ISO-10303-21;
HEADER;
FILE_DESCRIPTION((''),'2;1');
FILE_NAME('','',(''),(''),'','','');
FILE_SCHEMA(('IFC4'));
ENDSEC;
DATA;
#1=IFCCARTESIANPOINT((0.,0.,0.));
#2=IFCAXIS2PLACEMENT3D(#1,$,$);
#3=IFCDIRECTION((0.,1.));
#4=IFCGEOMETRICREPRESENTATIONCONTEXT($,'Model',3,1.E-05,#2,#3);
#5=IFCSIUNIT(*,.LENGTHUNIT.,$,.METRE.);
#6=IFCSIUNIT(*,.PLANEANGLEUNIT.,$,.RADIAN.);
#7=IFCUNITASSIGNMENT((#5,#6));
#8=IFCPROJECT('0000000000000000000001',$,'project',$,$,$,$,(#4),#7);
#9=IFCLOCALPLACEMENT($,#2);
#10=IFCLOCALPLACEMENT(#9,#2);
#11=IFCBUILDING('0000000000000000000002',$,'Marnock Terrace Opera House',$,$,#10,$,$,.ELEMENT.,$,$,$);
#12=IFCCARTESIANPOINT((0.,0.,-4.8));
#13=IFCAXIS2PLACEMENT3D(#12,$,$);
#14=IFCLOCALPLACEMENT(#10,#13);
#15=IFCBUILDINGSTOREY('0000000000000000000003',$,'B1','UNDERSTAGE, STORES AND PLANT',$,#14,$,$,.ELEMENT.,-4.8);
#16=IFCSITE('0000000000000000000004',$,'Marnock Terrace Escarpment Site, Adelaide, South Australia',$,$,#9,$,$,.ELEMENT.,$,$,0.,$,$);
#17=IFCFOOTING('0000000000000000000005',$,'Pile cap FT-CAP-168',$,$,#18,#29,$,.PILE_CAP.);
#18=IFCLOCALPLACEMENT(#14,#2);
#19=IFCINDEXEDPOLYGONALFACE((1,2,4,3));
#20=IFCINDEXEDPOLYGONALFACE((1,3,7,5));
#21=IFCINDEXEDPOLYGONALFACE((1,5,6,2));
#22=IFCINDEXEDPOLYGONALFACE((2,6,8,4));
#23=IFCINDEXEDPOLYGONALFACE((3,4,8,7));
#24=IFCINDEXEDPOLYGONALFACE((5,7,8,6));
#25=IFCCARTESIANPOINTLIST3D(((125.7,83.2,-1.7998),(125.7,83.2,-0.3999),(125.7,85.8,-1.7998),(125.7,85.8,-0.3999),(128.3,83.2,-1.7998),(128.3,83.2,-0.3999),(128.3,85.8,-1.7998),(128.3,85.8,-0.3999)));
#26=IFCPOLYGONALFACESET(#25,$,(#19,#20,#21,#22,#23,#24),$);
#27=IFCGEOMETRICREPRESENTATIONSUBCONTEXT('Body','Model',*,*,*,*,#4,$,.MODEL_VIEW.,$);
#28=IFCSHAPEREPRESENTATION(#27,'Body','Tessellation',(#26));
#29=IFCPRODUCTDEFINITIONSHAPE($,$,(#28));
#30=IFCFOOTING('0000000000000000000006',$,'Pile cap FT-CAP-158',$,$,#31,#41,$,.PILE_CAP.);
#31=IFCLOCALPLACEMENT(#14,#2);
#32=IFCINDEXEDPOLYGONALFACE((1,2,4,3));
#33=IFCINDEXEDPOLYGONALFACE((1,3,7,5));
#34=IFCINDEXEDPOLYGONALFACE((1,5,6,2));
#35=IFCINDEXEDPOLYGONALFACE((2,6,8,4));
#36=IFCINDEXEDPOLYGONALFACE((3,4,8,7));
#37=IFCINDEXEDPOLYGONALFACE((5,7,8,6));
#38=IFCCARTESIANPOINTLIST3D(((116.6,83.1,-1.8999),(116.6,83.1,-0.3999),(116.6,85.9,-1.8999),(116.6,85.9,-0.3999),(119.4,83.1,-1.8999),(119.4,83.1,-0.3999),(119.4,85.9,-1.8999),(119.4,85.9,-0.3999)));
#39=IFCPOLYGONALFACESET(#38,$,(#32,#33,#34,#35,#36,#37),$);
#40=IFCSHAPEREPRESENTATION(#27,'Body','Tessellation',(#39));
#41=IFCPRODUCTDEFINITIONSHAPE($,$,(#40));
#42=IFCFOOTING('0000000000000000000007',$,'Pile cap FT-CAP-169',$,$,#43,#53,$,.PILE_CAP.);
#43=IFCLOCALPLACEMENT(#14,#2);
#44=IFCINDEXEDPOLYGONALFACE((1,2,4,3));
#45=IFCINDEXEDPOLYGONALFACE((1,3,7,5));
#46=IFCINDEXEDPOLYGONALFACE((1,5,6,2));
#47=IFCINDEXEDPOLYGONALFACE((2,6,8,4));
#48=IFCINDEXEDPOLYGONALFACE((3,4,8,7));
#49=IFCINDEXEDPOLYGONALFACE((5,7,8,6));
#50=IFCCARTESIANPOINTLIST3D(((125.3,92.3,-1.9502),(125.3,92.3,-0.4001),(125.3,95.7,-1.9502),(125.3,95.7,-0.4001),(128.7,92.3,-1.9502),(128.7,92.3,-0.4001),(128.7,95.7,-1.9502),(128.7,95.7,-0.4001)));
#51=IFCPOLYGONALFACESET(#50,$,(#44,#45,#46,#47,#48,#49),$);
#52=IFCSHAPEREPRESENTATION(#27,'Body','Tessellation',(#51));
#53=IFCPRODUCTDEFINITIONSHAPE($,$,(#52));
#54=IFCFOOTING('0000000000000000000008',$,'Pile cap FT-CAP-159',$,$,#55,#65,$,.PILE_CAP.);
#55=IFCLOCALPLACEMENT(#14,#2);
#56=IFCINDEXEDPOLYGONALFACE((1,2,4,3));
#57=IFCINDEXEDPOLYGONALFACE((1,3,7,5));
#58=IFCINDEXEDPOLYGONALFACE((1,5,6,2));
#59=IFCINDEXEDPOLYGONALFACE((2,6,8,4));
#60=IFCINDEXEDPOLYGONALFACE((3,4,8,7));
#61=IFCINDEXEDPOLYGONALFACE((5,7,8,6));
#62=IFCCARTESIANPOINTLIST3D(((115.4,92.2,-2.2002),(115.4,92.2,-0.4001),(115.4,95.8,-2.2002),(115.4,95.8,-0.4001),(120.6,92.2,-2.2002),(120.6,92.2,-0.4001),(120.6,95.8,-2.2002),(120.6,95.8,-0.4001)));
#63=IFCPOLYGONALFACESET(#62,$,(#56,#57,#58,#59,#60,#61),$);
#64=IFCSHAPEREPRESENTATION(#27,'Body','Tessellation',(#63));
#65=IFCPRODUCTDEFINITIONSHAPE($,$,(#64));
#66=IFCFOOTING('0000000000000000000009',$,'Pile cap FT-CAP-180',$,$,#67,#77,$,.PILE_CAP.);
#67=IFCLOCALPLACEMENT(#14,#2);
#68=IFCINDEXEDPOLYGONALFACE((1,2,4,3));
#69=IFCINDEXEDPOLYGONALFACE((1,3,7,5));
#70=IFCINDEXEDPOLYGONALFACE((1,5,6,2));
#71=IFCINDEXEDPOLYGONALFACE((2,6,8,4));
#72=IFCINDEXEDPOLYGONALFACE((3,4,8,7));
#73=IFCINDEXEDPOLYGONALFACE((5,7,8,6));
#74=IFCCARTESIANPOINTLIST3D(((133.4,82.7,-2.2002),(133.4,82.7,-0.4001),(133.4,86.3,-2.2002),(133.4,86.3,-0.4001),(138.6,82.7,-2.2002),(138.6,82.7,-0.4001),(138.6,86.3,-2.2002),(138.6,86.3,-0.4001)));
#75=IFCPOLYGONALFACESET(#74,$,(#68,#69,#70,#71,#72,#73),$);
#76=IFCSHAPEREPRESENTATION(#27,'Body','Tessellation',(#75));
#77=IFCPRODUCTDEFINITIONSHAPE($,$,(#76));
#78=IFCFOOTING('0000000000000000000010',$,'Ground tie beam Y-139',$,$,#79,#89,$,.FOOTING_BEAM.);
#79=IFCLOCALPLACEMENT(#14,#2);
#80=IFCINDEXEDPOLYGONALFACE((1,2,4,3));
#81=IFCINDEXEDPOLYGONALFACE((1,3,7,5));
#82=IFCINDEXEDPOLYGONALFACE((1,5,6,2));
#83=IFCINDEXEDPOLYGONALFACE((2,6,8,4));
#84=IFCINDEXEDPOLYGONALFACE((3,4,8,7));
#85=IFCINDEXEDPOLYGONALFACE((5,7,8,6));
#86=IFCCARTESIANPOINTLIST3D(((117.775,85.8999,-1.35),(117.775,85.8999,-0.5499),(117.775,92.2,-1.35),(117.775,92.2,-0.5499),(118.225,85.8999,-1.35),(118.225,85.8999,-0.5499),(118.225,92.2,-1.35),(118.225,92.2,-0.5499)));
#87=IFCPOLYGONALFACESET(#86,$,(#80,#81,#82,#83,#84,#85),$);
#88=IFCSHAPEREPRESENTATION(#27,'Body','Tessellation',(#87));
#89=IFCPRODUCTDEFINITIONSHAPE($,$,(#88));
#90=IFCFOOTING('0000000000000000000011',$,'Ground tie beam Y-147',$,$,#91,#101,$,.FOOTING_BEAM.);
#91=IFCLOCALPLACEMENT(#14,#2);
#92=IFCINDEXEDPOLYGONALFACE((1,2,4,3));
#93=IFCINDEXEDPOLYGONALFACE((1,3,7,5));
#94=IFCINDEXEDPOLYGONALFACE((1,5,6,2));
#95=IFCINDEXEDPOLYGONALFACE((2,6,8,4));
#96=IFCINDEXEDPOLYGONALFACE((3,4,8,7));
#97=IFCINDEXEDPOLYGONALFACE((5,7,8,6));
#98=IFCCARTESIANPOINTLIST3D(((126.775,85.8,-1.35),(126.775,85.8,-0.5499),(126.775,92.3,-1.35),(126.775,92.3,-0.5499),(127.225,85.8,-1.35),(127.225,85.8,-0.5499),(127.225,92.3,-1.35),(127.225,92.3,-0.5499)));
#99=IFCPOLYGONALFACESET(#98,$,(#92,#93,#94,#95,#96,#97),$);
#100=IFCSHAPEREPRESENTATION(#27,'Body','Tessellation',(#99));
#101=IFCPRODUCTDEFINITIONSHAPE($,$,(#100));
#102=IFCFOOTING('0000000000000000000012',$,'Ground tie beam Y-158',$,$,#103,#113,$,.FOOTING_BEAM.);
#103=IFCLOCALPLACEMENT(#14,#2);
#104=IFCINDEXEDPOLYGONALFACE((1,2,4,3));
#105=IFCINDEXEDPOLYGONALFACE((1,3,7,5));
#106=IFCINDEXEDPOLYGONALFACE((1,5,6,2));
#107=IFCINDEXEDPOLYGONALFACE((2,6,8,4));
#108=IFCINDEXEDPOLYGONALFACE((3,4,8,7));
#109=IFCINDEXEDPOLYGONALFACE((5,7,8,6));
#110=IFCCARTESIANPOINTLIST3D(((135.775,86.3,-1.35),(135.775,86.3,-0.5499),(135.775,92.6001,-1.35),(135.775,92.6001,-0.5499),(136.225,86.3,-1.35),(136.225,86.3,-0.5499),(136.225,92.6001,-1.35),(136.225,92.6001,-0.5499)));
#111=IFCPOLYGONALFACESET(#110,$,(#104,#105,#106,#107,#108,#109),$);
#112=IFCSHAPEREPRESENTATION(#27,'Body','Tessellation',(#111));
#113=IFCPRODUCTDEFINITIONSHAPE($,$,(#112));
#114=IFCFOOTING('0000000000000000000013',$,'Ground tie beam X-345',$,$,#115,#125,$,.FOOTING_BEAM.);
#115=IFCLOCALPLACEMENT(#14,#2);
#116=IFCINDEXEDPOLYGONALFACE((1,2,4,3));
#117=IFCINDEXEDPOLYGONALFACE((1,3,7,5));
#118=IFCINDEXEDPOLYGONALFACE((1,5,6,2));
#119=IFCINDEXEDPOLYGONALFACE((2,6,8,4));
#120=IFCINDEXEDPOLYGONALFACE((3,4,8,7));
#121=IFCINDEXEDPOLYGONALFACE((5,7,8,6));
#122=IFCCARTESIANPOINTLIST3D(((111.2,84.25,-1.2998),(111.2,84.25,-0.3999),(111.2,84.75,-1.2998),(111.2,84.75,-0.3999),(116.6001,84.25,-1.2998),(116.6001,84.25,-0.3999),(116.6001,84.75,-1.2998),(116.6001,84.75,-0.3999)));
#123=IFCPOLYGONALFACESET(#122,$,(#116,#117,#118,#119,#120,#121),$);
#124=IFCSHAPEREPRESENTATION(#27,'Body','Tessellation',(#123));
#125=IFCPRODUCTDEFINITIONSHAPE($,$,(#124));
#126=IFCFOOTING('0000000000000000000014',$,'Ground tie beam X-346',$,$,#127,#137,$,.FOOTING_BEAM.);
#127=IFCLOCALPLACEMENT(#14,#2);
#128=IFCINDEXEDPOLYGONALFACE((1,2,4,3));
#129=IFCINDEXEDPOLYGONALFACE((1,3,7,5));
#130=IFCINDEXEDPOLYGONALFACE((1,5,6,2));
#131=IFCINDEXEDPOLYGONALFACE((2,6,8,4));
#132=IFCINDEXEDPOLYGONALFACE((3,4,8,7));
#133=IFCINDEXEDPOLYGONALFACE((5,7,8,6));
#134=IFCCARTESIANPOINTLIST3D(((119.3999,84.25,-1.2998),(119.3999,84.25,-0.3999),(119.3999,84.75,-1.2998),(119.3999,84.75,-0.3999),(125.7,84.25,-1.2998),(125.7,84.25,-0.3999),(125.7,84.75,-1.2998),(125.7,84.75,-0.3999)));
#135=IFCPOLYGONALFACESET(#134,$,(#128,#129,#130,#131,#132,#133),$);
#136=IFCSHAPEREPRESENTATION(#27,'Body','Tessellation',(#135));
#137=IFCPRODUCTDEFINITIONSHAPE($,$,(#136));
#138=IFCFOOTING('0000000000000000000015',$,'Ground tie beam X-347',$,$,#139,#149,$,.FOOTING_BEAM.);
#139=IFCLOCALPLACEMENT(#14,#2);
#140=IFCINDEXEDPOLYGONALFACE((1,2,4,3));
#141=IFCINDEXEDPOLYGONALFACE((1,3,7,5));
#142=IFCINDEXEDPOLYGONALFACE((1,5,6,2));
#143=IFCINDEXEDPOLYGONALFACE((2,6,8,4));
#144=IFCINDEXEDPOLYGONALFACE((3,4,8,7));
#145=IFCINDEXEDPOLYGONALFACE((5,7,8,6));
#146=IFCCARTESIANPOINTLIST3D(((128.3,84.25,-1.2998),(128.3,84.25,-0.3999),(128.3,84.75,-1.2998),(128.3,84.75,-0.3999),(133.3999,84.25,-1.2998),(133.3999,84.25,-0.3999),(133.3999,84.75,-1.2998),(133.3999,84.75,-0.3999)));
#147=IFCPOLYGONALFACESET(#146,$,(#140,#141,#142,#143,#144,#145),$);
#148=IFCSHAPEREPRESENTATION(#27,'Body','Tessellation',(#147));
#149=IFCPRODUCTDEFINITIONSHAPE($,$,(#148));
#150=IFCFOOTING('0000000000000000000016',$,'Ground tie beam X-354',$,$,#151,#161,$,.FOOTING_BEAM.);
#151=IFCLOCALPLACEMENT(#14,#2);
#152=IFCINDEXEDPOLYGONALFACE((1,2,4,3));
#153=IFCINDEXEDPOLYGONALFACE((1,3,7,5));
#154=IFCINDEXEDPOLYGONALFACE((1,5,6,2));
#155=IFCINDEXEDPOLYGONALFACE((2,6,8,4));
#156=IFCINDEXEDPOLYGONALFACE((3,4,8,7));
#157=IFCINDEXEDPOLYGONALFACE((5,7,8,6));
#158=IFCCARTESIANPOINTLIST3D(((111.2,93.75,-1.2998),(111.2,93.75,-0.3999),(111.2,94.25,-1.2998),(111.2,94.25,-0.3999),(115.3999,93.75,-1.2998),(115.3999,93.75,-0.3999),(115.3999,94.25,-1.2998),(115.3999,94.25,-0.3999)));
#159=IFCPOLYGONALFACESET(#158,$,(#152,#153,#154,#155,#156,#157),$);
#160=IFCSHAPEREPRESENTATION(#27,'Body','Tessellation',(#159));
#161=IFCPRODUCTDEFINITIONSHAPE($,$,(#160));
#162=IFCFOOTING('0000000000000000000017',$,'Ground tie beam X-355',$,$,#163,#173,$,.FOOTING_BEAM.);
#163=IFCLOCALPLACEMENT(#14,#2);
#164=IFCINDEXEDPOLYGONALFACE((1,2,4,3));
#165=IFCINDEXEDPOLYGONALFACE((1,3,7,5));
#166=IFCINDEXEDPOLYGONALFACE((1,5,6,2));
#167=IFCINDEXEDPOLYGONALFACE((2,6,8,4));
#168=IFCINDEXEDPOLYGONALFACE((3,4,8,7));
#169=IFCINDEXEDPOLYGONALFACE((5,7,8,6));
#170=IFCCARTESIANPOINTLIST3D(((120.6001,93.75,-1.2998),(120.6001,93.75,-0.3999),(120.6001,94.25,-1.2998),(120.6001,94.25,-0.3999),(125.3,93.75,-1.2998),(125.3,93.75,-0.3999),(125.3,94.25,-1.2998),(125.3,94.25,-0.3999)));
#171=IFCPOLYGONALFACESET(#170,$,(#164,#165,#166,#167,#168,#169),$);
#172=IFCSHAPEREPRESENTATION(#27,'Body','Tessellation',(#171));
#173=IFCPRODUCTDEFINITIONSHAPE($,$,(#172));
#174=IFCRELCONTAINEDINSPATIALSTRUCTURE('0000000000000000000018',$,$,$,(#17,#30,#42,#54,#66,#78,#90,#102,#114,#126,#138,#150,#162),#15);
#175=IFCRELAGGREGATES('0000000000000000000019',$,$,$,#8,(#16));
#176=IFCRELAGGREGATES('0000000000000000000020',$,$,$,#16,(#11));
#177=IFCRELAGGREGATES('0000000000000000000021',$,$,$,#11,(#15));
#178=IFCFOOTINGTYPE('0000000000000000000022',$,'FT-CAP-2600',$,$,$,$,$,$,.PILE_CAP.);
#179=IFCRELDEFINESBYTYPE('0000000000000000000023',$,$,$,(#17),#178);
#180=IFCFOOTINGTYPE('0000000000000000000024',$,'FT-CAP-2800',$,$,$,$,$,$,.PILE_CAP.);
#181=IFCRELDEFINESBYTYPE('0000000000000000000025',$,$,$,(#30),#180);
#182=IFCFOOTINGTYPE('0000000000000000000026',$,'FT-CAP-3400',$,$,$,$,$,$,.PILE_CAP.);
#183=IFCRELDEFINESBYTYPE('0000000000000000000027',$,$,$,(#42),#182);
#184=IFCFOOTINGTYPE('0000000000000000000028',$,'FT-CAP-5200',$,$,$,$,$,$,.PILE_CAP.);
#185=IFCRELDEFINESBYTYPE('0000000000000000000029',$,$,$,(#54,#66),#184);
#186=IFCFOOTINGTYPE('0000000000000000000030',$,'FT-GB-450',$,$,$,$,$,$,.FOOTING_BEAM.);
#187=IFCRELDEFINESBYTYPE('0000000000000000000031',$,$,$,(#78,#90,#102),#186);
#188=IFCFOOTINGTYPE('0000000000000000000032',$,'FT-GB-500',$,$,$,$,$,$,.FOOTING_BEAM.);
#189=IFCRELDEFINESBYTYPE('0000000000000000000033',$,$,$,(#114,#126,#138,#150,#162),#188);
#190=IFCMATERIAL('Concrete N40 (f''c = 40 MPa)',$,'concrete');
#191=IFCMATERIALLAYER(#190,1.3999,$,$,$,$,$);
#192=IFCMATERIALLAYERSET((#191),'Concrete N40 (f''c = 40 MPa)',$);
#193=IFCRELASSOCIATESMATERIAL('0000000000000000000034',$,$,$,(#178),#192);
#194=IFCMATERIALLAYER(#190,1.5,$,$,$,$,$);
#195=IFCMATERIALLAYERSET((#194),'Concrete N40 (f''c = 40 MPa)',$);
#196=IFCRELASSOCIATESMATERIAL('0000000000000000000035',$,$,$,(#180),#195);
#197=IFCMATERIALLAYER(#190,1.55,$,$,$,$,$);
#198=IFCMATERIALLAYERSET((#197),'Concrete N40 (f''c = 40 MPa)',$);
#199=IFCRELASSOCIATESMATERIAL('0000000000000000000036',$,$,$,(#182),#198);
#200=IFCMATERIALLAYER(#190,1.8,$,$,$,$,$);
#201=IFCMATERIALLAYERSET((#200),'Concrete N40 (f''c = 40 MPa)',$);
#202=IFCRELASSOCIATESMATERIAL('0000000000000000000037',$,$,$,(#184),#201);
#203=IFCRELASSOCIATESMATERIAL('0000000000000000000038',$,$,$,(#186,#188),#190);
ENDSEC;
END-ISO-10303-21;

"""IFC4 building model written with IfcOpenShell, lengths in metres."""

from ifc_helpers import new_model, si_unit, direction, frame, origin, origin_2d, place, context, subcontext, project, spatial, rectangle, extrude, material, layer, layer_set, material_profile, profile_set, type_object, element, save


model = new_model("IFC4")

# Units and contexts
model_context = context("Model", 3, precision=1e-05, world=origin(), true_north=direction((0.0, 1.0)))
body_context = subcontext(model_context, "Body", "Model", "MODEL_VIEW")
ifc_project = project(units=[si_unit("LENGTHUNIT", "METRE"), si_unit("PLANEANGLEUNIT", "RADIAN")], contexts=[model_context])

# Site, building, storey
site_placement = place(None, origin())
site = spatial("IfcSite", under=ifc_project, at=site_placement, Name="Marnock Terrace Escarpment Site, Adelaide, South Australia", CompositionType="ELEMENT", RefElevation=0.0)
building_placement = place(site_placement, origin())
building = spatial("IfcBuilding", under=site, at=building_placement, Name="Marnock Terrace Opera House", CompositionType="ELEMENT")
storey_placement = place(building_placement, frame((0.0, 0.0, -4.8)))
storey = spatial("IfcBuildingStorey", under=building, at=storey_placement, Name="B1", Description="UNDERSTAGE, STORES AND PLANT", CompositionType="ELEMENT", Elevation=-4.8)

# Footings
ifc_material_1 = material(Name="Concrete N40 (f'c = 40 MPa)", Category="concrete")
ifc_layer_1 = layer(ifc_material_1, 1.3999)
ifc_layer_set_1 = layer_set([ifc_layer_1], Name="Concrete N40 (f'c = 40 MPa)")
footing_type_1 = type_object("IfcFootingType", Name="FT-CAP-2600", PredefinedType="PILE_CAP", material=ifc_layer_set_1)
footing_1_placement = place(storey_placement, frame((127.0, 84.5, -1.7998), z_axis=(0.0, 0.0, 1.0), x_axis=(1.0, 0.0, 0.0)))
element("IfcFooting", 1, at=footing_1_placement, inside=storey, type_object=footing_type_1, Name="Pile cap FT-CAP-168", PredefinedType="PILE_CAP", context=body_context, shape_type="SweptSolid", body=[
    extrude(rectangle(XDim=2.6001, YDim=2.6001, at=origin_2d()), origin(), (0.0, 0.0, 1.0), 1.3999),
])
ifc_layer_2 = layer(ifc_material_1, 1.5)
ifc_layer_set_2 = layer_set([ifc_layer_2], Name="Concrete N40 (f'c = 40 MPa)")
footing_type_2 = type_object("IfcFootingType", Name="FT-CAP-2800", PredefinedType="PILE_CAP", material=ifc_layer_set_2)
footing_2_placement = place(storey_placement, frame((118.0, 84.5, -1.8999), z_axis=(0.0, 0.0, 1.0), x_axis=(1.0, 0.0, 0.0)))
element("IfcFooting", 2, at=footing_2_placement, inside=storey, type_object=footing_type_2, Name="Pile cap FT-CAP-158", PredefinedType="PILE_CAP", context=body_context, shape_type="SweptSolid", body=[
    extrude(rectangle(XDim=2.8, YDim=2.8, at=origin_2d()), origin(), (0.0, 0.0, 1.0), 1.5),
])
ifc_layer_3 = layer(ifc_material_1, 1.55)
ifc_layer_set_3 = layer_set([ifc_layer_3], Name="Concrete N40 (f'c = 40 MPa)")
footing_type_3 = type_object("IfcFootingType", Name="FT-CAP-3400", PredefinedType="PILE_CAP", material=ifc_layer_set_3)
footing_3_placement = place(storey_placement, frame((127.0, 94.0, -1.9502), z_axis=(0.0, 0.0, 1.0), x_axis=(1.0, 0.0, 0.0)))
element("IfcFooting", 3, at=footing_3_placement, inside=storey, type_object=footing_type_3, Name="Pile cap FT-CAP-169", PredefinedType="PILE_CAP", context=body_context, shape_type="SweptSolid", body=[
    extrude(rectangle(XDim=3.3999, YDim=3.3999, at=origin_2d()), origin(), (0.0, 0.0, 1.0), 1.55),
])
ifc_layer_4 = layer(ifc_material_1, 1.8)
ifc_layer_set_4 = layer_set([ifc_layer_4], Name="Concrete N40 (f'c = 40 MPa)")
footing_type_4 = type_object("IfcFootingType", Name="FT-CAP-5200", PredefinedType="PILE_CAP", material=ifc_layer_set_4)
for number, where, z_axis, x_axis, name in (
    (4, (118.0, 94.0, -2.2002), (0.0, 0.0, 1.0), (1.0, 0.0, 0.0), "Pile cap FT-CAP-159"),
    (5, (136.0, 84.5, -2.2002), (0.0, 0.0, 1.0), (1.0, 0.0, 0.0), "Pile cap FT-CAP-180"),
):
    element("IfcFooting", number, at=place(storey_placement, frame(where, z_axis=z_axis, x_axis=x_axis)), inside=storey, type_object=footing_type_4, Name=name, PredefinedType="PILE_CAP", context=body_context, shape_type="SweptSolid", body=[
        extrude(rectangle(XDim=5.2, YDim=3.6001, at=origin_2d()), origin(), (0.0, 0.0, 1.0), 1.8),
    ])
ifc_material_profile_1 = material_profile(ifc_material_1, rectangle(XDim=0.45, YDim=0.8, at=origin_2d()))
ifc_profile_set_1 = profile_set([ifc_material_profile_1], Name="Concrete N40 (f'c = 40 MPa)")
footing_type_5 = type_object("IfcFootingType", Name="FT-GB-450", PredefinedType="FOOTING_BEAM", material=ifc_profile_set_1)
footing_4_placement = place(storey_placement, frame((118.0, 85.8999, -0.95), z_axis=(0.0, 1.0, 0.0), x_axis=(-1.0, 0.0, 0.0)))
element("IfcFooting", 6, at=footing_4_placement, inside=storey, type_object=footing_type_5, Name="Ground tie beam Y-139", PredefinedType="FOOTING_BEAM", context=body_context, shape_type="SweptSolid", body=[
    extrude(rectangle(XDim=0.45, YDim=0.8, at=origin_2d()), origin(), (0.0, 0.0, 1.0), 6.3),
])
footing_5_placement = place(storey_placement, frame((127.0, 85.8, -0.95), z_axis=(0.0, 1.0, 0.0), x_axis=(-1.0, 0.0, 0.0)))
element("IfcFooting", 7, at=footing_5_placement, inside=storey, type_object=footing_type_5, Name="Ground tie beam Y-147", PredefinedType="FOOTING_BEAM", context=body_context, shape_type="SweptSolid", body=[
    extrude(rectangle(XDim=0.45, YDim=0.8, at=origin_2d()), origin(), (0.0, 0.0, 1.0), 6.5),
])
footing_6_placement = place(storey_placement, frame((136.0, 86.3, -0.95), z_axis=(0.0, 1.0, 0.0), x_axis=(-1.0, 0.0, 0.0)))
element("IfcFooting", 8, at=footing_6_placement, inside=storey, type_object=footing_type_5, Name="Ground tie beam Y-158", PredefinedType="FOOTING_BEAM", context=body_context, shape_type="SweptSolid", body=[
    extrude(rectangle(XDim=0.45, YDim=0.8, at=origin_2d()), origin(), (0.0, 0.0, 1.0), 6.3),
])
ifc_material_profile_2 = material_profile(ifc_material_1, rectangle(XDim=0.5, YDim=0.8999, at=origin_2d()))
ifc_profile_set_2 = profile_set([ifc_material_profile_2], Name="Concrete N40 (f'c = 40 MPa)")
footing_type_6 = type_object("IfcFootingType", Name="FT-GB-500", PredefinedType="FOOTING_BEAM", material=ifc_profile_set_2)
footing_7_placement = place(storey_placement, frame((111.2, 84.5, -0.8499), z_axis=(1.0, 0.0, 0.0), x_axis=(0.0, 1.0, 0.0)))
element("IfcFooting", 9, at=footing_7_placement, inside=storey, type_object=footing_type_6, Name="Ground tie beam X-345", PredefinedType="FOOTING_BEAM", context=body_context, shape_type="SweptSolid", body=[
    extrude(rectangle(XDim=0.5, YDim=0.8999, at=origin_2d()), origin(), (0.0, 0.0, 1.0), 5.4001),
])
footing_8_placement = place(storey_placement, frame((119.3999, 84.5, -0.8499), z_axis=(1.0, 0.0, 0.0), x_axis=(0.0, 1.0, 0.0)))
element("IfcFooting", 10, at=footing_8_placement, inside=storey, type_object=footing_type_6, Name="Ground tie beam X-346", PredefinedType="FOOTING_BEAM", context=body_context, shape_type="SweptSolid", body=[
    extrude(rectangle(XDim=0.5, YDim=0.8999, at=origin_2d()), origin(), (0.0, 0.0, 1.0), 6.3),
])
footing_9_placement = place(storey_placement, frame((128.3, 84.5, -0.8499), z_axis=(1.0, 0.0, 0.0), x_axis=(0.0, 1.0, 0.0)))
element("IfcFooting", 11, at=footing_9_placement, inside=storey, type_object=footing_type_6, Name="Ground tie beam X-347", PredefinedType="FOOTING_BEAM", context=body_context, shape_type="SweptSolid", body=[
    extrude(rectangle(XDim=0.5, YDim=0.8999, at=origin_2d()), origin(), (0.0, 0.0, 1.0), 5.0999),
])
footing_10_placement = place(storey_placement, frame((111.2, 94.0, -0.8499), z_axis=(1.0, 0.0, 0.0), x_axis=(0.0, 1.0, 0.0)))
element("IfcFooting", 12, at=footing_10_placement, inside=storey, type_object=footing_type_6, Name="Ground tie beam X-354", PredefinedType="FOOTING_BEAM", context=body_context, shape_type="SweptSolid", body=[
    extrude(rectangle(XDim=0.5, YDim=0.8999, at=origin_2d()), origin(), (0.0, 0.0, 1.0), 4.2),
])
footing_11_placement = place(storey_placement, frame((120.6001, 94.0, -0.8499), z_axis=(1.0, 0.0, 0.0), x_axis=(0.0, 1.0, 0.0)))
element("IfcFooting", 13, at=footing_11_placement, inside=storey, type_object=footing_type_6, Name="Ground tie beam X-355", PredefinedType="FOOTING_BEAM", context=body_context, shape_type="SweptSolid", body=[
    extrude(rectangle(XDim=0.5, YDim=0.8999, at=origin_2d()), origin(), (0.0, 0.0, 1.0), 4.7),
])

save(model, "model.ifc")
